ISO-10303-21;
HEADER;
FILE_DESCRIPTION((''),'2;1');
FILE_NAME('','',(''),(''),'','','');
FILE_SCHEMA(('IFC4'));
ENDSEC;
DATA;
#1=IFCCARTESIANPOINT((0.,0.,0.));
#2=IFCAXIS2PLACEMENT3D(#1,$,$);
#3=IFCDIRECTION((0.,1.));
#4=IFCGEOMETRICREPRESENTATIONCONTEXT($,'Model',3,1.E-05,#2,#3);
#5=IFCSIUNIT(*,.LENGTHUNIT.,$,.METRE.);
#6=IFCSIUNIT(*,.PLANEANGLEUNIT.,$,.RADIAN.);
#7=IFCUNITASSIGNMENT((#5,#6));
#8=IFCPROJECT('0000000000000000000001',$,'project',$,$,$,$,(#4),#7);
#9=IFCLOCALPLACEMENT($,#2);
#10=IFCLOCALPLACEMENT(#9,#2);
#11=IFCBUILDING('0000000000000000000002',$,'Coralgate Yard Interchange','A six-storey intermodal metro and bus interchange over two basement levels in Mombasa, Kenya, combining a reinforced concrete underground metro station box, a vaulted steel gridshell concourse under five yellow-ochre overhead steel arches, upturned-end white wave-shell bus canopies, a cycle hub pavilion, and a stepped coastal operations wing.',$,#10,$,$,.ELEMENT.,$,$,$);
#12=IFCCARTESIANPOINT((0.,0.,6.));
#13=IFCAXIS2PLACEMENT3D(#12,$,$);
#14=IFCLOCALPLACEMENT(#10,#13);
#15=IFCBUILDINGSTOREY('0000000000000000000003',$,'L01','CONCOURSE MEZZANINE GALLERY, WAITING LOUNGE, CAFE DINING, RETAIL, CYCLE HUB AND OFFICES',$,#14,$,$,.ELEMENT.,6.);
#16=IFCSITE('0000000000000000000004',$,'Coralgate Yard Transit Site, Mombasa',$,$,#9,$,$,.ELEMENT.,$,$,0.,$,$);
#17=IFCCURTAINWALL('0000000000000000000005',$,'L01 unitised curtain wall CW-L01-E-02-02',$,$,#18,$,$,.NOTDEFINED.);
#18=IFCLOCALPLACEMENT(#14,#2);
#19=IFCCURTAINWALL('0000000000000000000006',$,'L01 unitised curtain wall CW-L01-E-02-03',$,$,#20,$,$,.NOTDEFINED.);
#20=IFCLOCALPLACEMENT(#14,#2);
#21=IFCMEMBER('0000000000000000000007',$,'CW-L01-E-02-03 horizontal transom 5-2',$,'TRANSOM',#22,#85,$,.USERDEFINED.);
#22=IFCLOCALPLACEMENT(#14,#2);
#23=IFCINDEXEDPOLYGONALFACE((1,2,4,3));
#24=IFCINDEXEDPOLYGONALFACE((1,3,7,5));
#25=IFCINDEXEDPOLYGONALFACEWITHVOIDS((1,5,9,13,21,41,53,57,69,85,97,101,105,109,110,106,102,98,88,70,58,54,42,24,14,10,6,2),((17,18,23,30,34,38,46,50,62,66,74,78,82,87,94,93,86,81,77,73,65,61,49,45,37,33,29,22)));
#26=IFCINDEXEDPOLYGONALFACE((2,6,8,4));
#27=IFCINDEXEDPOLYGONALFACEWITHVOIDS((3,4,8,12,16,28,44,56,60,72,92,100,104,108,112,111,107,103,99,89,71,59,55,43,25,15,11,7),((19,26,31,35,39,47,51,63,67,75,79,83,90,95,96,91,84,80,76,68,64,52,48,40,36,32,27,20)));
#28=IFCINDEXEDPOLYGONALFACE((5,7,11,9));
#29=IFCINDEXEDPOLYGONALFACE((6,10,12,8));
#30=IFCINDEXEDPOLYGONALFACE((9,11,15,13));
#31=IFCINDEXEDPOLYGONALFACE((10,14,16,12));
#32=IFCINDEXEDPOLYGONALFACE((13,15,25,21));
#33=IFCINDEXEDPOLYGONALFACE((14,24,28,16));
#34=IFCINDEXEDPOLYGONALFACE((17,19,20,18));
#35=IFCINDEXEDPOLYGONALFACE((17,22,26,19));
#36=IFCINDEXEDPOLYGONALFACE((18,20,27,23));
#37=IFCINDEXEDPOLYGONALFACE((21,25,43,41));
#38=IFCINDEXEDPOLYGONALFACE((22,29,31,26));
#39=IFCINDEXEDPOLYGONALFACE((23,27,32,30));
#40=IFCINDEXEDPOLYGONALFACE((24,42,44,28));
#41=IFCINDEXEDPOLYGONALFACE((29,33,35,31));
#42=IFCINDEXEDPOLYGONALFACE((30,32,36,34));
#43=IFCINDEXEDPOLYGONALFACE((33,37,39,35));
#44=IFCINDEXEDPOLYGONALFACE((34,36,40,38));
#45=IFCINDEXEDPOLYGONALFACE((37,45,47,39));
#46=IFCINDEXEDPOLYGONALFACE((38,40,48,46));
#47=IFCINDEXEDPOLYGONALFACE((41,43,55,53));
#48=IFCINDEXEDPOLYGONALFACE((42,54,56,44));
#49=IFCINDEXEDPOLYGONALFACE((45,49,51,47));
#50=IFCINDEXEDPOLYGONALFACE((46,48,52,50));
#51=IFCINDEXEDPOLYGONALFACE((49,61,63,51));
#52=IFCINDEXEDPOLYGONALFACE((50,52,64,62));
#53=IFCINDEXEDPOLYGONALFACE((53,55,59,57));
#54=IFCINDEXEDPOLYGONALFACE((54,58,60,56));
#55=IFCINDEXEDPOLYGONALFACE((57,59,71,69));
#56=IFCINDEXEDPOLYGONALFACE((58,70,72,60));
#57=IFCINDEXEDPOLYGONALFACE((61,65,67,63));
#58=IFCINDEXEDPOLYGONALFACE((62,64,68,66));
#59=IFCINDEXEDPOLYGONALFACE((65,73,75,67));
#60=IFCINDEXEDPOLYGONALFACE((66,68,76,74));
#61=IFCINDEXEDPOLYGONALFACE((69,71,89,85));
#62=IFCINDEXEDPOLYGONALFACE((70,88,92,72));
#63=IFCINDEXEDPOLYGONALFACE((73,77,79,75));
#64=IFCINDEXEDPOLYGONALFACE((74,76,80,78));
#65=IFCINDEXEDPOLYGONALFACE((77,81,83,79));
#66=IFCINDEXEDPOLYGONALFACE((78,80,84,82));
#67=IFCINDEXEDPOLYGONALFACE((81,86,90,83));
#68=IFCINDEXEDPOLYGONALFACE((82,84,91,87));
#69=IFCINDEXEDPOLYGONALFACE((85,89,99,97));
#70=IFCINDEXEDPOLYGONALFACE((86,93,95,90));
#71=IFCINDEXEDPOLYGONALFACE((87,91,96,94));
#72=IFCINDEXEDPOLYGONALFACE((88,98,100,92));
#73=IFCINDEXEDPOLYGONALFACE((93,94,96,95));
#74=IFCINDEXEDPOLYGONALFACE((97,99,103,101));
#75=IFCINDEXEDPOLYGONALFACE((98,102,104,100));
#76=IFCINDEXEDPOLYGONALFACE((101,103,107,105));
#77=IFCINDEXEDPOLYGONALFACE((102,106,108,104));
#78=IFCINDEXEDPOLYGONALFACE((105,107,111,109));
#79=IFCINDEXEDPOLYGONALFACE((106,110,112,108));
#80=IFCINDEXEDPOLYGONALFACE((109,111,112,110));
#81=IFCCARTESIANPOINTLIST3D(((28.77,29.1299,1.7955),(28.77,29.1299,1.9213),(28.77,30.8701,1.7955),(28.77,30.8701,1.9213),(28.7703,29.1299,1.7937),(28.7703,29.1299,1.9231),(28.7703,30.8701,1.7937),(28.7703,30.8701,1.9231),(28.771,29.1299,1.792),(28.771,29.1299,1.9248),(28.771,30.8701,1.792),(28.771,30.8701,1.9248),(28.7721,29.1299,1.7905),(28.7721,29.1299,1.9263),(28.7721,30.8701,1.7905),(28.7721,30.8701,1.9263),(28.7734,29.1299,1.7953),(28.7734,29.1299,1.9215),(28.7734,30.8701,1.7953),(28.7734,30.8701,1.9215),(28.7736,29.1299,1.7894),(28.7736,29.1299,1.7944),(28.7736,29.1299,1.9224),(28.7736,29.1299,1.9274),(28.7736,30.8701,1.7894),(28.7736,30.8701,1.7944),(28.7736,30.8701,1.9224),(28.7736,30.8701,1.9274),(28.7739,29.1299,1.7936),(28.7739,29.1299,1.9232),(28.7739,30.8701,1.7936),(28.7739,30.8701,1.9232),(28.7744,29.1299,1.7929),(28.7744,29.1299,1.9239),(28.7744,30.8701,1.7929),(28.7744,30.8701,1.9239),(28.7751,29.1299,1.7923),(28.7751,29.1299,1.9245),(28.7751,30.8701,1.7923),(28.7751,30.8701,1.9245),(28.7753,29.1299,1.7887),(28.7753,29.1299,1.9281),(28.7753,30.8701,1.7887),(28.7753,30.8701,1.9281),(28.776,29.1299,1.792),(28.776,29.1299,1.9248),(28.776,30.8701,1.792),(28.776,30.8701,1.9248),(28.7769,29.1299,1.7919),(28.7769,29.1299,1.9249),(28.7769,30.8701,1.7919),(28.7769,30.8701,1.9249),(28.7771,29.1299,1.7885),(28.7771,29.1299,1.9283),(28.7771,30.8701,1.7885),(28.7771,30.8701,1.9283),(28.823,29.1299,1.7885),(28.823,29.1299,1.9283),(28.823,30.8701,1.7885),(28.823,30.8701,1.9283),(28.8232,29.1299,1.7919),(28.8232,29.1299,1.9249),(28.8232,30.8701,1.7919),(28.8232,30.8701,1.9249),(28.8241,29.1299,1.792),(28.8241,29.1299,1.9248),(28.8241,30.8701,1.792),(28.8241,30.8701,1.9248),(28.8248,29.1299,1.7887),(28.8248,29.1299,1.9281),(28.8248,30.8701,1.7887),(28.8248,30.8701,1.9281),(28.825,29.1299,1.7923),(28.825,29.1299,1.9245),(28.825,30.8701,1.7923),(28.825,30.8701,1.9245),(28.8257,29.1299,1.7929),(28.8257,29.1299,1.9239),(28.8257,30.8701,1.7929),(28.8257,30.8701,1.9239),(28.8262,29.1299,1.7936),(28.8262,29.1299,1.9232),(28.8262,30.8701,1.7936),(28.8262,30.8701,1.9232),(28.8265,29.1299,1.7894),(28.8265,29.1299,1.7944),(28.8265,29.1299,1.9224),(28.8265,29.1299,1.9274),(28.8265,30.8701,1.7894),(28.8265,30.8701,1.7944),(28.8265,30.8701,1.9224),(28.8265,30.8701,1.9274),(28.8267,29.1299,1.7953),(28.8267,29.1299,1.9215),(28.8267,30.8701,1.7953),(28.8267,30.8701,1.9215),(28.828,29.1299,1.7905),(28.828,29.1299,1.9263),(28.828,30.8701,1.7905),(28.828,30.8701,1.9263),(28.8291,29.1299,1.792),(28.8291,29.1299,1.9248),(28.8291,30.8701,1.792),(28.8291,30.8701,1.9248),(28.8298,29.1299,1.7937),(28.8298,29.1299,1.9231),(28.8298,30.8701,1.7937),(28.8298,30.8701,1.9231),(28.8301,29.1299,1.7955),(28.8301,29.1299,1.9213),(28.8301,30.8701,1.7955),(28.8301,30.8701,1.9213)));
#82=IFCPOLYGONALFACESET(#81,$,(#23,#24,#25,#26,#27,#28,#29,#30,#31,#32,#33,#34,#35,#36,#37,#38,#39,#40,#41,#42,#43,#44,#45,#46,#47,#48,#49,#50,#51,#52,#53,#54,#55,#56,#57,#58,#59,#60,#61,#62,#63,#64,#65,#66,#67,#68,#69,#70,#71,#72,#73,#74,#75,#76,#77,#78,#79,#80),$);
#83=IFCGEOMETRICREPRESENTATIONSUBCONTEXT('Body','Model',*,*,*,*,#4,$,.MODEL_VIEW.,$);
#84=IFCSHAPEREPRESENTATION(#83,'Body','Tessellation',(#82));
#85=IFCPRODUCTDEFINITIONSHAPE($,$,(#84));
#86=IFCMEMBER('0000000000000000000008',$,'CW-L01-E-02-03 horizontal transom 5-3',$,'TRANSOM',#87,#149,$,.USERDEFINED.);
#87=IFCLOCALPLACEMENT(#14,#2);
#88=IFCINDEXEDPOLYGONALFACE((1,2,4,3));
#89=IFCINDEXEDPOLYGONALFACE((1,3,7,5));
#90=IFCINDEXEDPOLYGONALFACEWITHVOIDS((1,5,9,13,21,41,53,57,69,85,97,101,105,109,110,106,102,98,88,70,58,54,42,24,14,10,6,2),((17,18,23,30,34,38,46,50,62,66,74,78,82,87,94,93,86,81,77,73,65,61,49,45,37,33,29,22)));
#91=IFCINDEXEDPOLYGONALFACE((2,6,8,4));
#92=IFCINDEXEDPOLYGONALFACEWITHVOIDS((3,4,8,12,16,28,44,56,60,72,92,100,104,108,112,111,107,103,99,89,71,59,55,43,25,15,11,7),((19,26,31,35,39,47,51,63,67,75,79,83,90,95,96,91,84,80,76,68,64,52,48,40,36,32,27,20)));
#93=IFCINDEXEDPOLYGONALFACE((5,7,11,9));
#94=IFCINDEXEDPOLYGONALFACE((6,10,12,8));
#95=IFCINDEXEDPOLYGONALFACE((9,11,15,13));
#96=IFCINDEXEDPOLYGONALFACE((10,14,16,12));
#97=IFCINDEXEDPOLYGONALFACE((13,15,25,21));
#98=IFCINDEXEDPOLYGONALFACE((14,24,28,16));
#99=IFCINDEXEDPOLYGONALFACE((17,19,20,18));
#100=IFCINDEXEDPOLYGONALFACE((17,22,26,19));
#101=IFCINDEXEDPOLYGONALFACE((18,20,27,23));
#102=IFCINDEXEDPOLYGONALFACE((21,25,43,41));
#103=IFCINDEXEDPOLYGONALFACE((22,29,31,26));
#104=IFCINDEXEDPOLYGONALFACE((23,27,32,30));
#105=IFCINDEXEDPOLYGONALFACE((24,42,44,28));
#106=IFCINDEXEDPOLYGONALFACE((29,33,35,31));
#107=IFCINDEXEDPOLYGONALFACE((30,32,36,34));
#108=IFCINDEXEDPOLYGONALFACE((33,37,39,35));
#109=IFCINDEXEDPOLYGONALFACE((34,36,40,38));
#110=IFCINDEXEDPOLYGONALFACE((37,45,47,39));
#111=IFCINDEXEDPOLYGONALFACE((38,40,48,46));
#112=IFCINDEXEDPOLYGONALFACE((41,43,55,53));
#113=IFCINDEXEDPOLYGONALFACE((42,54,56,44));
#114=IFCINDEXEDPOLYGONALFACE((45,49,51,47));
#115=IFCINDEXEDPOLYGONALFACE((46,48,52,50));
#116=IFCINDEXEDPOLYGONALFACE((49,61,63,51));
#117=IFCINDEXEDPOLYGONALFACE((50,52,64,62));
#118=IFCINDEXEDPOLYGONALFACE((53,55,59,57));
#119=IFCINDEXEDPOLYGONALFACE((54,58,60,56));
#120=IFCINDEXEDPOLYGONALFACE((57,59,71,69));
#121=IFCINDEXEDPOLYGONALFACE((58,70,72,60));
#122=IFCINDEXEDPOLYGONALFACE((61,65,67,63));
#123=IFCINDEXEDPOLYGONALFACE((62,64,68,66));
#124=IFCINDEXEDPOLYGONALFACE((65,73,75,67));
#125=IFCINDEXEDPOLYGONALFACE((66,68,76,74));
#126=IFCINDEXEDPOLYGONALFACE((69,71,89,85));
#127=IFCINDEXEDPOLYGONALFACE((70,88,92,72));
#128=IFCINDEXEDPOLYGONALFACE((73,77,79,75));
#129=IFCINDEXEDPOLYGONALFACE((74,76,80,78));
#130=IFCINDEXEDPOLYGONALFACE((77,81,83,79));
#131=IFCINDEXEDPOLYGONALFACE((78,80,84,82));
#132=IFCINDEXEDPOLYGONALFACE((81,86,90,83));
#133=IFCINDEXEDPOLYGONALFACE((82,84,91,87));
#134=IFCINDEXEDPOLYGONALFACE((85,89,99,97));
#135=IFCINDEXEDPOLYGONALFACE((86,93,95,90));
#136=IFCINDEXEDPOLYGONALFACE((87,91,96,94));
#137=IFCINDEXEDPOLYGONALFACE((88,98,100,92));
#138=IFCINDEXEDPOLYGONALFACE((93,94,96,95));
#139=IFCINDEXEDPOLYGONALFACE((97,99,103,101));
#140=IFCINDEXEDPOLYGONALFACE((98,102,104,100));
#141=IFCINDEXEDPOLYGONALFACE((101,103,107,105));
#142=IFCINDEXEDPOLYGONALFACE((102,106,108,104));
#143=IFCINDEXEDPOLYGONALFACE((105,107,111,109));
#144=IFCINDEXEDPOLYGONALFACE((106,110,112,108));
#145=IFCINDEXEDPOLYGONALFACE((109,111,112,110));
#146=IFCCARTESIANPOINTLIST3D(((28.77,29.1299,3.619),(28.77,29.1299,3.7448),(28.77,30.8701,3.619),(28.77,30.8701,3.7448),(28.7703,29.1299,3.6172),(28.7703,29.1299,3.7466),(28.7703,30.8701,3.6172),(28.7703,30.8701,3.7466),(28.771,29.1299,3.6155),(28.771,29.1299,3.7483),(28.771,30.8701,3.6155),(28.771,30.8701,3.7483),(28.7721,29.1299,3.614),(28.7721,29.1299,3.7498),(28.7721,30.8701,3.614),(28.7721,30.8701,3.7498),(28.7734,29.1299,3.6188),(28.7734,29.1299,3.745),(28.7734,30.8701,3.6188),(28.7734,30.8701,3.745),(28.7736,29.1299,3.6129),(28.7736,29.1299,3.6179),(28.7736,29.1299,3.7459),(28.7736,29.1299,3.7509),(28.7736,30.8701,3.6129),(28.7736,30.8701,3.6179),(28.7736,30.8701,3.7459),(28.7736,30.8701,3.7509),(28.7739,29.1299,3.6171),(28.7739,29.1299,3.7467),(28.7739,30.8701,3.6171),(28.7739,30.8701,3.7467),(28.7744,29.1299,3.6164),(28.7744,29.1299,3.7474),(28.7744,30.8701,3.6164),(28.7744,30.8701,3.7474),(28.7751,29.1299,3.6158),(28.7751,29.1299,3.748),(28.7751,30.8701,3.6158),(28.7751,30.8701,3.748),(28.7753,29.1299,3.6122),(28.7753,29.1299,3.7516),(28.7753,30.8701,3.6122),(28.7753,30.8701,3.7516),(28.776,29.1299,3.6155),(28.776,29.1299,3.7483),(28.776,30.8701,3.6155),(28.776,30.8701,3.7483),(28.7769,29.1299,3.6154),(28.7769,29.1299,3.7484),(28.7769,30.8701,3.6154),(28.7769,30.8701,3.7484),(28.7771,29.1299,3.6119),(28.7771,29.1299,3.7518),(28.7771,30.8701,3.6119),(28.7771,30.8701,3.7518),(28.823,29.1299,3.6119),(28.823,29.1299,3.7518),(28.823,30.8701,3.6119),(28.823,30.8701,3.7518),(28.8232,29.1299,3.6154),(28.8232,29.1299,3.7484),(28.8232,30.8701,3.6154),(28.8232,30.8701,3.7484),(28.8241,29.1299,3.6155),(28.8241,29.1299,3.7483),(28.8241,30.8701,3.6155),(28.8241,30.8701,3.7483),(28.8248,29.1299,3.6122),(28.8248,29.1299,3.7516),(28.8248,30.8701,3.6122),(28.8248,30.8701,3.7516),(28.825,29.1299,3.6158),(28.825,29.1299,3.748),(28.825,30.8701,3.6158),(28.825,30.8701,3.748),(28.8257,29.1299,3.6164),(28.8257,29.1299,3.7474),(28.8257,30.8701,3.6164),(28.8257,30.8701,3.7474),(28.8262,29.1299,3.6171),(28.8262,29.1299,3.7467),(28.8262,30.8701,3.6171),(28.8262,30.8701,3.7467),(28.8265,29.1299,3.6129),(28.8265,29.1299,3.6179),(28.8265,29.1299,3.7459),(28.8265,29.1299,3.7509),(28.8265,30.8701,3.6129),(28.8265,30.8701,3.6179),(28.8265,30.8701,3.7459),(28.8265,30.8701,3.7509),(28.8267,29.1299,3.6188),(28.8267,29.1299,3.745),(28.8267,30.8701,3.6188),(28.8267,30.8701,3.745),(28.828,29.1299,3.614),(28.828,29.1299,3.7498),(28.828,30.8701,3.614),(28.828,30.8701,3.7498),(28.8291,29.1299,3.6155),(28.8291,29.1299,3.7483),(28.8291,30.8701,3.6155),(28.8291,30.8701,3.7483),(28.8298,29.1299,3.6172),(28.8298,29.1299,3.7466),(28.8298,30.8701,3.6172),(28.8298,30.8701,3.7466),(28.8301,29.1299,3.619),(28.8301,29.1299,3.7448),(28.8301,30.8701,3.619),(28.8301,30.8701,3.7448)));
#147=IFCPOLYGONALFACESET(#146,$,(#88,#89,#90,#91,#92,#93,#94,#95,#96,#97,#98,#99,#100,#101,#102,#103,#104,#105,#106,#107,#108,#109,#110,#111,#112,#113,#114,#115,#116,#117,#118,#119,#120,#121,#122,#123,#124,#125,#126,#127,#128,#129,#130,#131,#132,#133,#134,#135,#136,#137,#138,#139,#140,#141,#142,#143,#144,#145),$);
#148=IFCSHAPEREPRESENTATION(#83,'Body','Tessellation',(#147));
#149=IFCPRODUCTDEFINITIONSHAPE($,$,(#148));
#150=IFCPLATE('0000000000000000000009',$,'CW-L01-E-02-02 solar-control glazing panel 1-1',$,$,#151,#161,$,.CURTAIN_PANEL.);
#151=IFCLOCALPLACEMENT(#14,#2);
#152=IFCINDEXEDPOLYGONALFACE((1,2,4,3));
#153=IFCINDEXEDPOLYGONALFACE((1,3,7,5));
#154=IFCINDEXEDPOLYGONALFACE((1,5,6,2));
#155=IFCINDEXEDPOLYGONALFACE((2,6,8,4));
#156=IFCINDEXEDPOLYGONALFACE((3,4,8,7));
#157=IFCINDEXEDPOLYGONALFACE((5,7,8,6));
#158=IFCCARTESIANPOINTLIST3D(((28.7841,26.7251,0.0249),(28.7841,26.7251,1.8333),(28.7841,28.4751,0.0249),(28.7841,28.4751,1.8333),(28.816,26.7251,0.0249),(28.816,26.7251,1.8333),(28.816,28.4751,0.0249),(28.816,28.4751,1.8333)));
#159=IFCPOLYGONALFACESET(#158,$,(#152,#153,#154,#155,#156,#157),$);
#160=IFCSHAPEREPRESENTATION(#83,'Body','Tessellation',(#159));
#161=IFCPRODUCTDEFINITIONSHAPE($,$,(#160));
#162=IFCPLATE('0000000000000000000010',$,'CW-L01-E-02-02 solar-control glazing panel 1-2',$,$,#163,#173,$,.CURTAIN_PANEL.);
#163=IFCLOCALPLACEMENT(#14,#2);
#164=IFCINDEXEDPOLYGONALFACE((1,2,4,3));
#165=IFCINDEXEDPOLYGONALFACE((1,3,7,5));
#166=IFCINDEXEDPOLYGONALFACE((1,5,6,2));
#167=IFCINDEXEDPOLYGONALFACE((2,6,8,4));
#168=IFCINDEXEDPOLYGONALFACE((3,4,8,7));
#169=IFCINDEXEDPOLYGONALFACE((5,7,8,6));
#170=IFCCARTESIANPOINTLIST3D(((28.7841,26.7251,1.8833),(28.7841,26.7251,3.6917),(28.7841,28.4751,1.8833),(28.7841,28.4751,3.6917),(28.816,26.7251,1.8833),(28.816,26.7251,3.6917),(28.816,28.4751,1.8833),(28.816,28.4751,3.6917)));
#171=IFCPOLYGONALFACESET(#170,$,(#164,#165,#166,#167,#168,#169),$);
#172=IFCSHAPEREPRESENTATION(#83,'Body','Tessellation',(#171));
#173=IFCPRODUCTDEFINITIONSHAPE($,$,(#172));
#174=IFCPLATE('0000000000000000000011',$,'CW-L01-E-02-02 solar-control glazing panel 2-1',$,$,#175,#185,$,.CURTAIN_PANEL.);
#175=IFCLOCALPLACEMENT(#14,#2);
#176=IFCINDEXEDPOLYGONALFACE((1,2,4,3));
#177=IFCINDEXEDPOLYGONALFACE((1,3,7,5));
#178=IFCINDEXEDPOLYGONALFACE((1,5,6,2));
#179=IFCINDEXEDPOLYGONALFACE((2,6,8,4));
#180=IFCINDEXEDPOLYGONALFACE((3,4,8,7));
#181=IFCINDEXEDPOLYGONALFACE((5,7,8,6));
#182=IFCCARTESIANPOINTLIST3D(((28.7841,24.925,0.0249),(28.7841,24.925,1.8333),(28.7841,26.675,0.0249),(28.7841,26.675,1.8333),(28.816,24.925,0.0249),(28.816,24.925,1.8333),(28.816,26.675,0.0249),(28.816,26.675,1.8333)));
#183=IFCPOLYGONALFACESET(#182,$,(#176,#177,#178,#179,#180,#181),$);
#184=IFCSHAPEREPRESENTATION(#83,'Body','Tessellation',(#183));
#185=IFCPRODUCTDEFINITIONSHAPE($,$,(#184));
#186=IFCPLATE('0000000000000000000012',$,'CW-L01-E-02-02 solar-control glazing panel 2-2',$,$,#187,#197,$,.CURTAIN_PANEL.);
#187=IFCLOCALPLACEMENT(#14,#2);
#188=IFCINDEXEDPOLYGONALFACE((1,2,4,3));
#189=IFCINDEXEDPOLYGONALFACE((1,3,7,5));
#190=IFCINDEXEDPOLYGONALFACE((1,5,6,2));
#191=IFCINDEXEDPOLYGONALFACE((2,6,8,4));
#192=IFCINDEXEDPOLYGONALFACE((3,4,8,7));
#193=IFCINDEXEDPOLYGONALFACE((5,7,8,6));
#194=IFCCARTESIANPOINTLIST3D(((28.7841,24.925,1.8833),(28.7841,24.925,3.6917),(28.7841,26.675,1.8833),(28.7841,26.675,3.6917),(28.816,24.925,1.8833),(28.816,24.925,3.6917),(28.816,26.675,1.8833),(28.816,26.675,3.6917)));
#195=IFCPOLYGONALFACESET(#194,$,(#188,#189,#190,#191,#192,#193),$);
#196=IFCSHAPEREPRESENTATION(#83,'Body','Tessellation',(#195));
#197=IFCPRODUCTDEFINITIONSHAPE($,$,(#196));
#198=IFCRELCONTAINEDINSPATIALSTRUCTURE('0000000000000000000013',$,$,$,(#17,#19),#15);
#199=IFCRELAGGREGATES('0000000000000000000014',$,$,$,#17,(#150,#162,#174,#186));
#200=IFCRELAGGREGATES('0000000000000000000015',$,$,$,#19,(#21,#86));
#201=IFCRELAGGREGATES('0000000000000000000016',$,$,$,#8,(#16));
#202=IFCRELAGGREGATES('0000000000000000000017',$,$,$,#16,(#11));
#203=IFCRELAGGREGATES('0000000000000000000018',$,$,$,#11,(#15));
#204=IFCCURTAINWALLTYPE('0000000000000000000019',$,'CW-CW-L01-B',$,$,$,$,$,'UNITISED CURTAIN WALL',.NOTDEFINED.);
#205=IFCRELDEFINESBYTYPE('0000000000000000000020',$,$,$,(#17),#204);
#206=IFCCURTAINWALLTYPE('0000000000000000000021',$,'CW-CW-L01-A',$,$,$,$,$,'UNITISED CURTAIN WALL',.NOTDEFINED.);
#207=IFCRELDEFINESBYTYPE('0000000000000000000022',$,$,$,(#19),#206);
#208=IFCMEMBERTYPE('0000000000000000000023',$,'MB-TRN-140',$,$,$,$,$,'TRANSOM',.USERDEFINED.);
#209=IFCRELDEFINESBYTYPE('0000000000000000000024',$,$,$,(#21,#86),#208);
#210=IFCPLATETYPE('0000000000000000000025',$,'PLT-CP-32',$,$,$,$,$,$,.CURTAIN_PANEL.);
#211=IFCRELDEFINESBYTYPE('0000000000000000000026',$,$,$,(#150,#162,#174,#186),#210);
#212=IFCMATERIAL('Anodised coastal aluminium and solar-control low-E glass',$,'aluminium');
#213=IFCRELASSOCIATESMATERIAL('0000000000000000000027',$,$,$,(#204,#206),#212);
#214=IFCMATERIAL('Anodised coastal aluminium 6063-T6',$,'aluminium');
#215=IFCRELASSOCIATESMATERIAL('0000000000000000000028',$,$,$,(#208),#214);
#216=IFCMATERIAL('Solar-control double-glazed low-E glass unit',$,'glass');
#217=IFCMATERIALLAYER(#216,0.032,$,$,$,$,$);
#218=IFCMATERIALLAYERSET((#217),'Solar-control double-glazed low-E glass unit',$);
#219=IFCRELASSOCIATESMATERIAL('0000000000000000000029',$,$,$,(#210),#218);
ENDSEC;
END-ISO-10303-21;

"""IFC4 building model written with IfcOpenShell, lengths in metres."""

from ifc_helpers import new_model, si_unit, direction, frame, origin, origin_2d, place, context, subcontext, project, spatial, rectangle, hollow_rectangle, extrude, material, layer, layer_set, material_profile, profile_set, type_object, element, aggregate, save


model = new_model("IFC4")

# Units and contexts
model_context = context("Model", 3, precision=1e-05, world=origin(), true_north=direction((0.0, 1.0)))
body_context = subcontext(model_context, "Body", "Model", "MODEL_VIEW")
ifc_project = project(units=[si_unit("LENGTHUNIT", "METRE"), si_unit("PLANEANGLEUNIT", "RADIAN")], contexts=[model_context])

# Site, building, storey
site_placement = place(None, origin())
site = spatial("IfcSite", under=ifc_project, at=site_placement, Name="Coralgate Yard Transit Site, Mombasa", CompositionType="ELEMENT", RefElevation=0.0)
building_placement = place(site_placement, origin())
building = spatial("IfcBuilding", under=site, at=building_placement, Name="Coralgate Yard Interchange", Description="A six-storey intermodal metro and bus interchange over two basement levels in Mombasa, Kenya, combining a reinforced concrete underground metro station box, a vaulted steel gridshell concourse under five yellow-ochre overhead steel arches, upturned-end white wave-shell bus canopies, a cycle hub pavilion, and a stepped coastal operations wing.", CompositionType="ELEMENT")
storey_placement = place(building_placement, frame((0.0, 0.0, 6.0)))
storey = spatial("IfcBuildingStorey", under=building, at=storey_placement, Name="L01", Description="CONCOURSE MEZZANINE GALLERY, WAITING LOUNGE, CAFE DINING, RETAIL, CYCLE HUB AND OFFICES", CompositionType="ELEMENT", Elevation=6.0)

# Curtain walls
ifc_material_1 = material(Name="Anodised coastal aluminium and solar-control low-E glass", Category="aluminium")
curtain_wall_type_1 = type_object("IfcCurtainWallType", Name="CW-CW-L01-B", ElementType="UNITISED CURTAIN WALL", PredefinedType="NOTDEFINED", material=ifc_material_1)
curtain_wall_1_placement = place(storey_placement, origin())
curtain_wall_1 = element("IfcCurtainWall", 1, at=curtain_wall_1_placement, inside=storey, type_object=curtain_wall_type_1, Name="L01 unitised curtain wall CW-L01-E-02-02", PredefinedType="NOTDEFINED")
ifc_material_2 = material(Name="Anodised coastal aluminium 6063-T6", Category="aluminium")
curtain_wall_type_2 = type_object("IfcCurtainWallType", Name="CW-CW-L01-A", ElementType="UNITISED CURTAIN WALL", PredefinedType="NOTDEFINED", material=ifc_material_1)
curtain_wall_2_placement = place(storey_placement, origin())
curtain_wall_2 = element("IfcCurtainWall", 2, at=curtain_wall_2_placement, inside=storey, type_object=curtain_wall_type_2, Name="L01 unitised curtain wall CW-L01-E-02-03", PredefinedType="NOTDEFINED")

# Members
ifc_material_profile_1 = material_profile(ifc_material_2, hollow_rectangle(XDim=0.0601, YDim=0.1399, WallThickness=0.0034, InnerFilletRadius=0.0034, OuterFilletRadius=0.0071, at=origin_2d()), Name="ALU 60x140x3.5")
ifc_profile_set_1 = profile_set([ifc_material_profile_1], Name="Anodised coastal aluminium 6063-T6")
member_type_1 = type_object("IfcMemberType", Name="MB-TRN-140", ElementType="TRANSOM", PredefinedType="USERDEFINED", material=ifc_profile_set_1)
member_1_placement = place(storey_placement, frame((28.8, 30.8701, 1.8584), z_axis=(0.0, -1.0, 0.0), x_axis=(1.0, 0.0, 0.0)))
member_1 = element("IfcMember", 3, at=member_1_placement, type_object=member_type_1, Name="CW-L01-E-02-03 horizontal transom 5-2", ObjectType="TRANSOM", PredefinedType="USERDEFINED", context=body_context, shape_type="SweptSolid", body=[
    extrude(hollow_rectangle(XDim=0.0601, YDim=0.1399, WallThickness=0.0034, InnerFilletRadius=0.0034, OuterFilletRadius=0.0071, at=origin_2d()), origin(), (0.0, 0.0, 1.0), 1.7402),
])
member_2_placement = place(storey_placement, frame((28.8, 30.8701, 3.6819), z_axis=(0.0, -1.0, 0.0), x_axis=(1.0, 0.0, 0.0)))
member_2 = element("IfcMember", 4, at=member_2_placement, type_object=member_type_1, Name="CW-L01-E-02-03 horizontal transom 5-3", ObjectType="TRANSOM", PredefinedType="USERDEFINED", context=body_context, shape_type="SweptSolid", body=[
    extrude(hollow_rectangle(XDim=0.0601, YDim=0.1399, WallThickness=0.0034, InnerFilletRadius=0.0034, OuterFilletRadius=0.0071, at=origin_2d()), origin(), (0.0, 0.0, 1.0), 1.7402),
])

# Plates
ifc_material_3 = material(Name="Solar-control double-glazed low-E glass unit", Category="glass")
ifc_layer = layer(ifc_material_3, 0.032)
ifc_layer_set = layer_set([ifc_layer], Name="Solar-control double-glazed low-E glass unit")
plate_type = type_object("IfcPlateType", Name="PLT-CP-32", PredefinedType="CURTAIN_PANEL", material=ifc_layer_set)
plate_1_placement = place(storey_placement, frame((28.8, 27.6001, 0.0249), z_axis=(0.0, 0.0, 1.0), x_axis=(0.0, -1.0, 0.0)))
plate_1 = element("IfcPlate", 5, at=plate_1_placement, type_object=plate_type, Name="CW-L01-E-02-02 solar-control glazing panel 1-1", PredefinedType="CURTAIN_PANEL", context=body_context, shape_type="SweptSolid", body=[
    extrude(rectangle(XDim=1.75, YDim=0.032, at=origin_2d()), origin(), (0.0, 0.0, 1.0), 1.8083),
])
plate_2_placement = place(storey_placement, frame((28.8, 27.6001, 1.8833), z_axis=(0.0, 0.0, 1.0), x_axis=(0.0, -1.0, 0.0)))
plate_2 = element("IfcPlate", 6, at=plate_2_placement, type_object=plate_type, Name="CW-L01-E-02-02 solar-control glazing panel 1-2", PredefinedType="CURTAIN_PANEL", context=body_context, shape_type="SweptSolid", body=[
    extrude(rectangle(XDim=1.75, YDim=0.032, at=origin_2d()), origin(), (0.0, 0.0, 1.0), 1.8083),
])
plate_3_placement = place(storey_placement, frame((28.8, 25.8, 0.0249), z_axis=(0.0, 0.0, 1.0), x_axis=(0.0, -1.0, 0.0)))
plate_3 = element("IfcPlate", 7, at=plate_3_placement, type_object=plate_type, Name="CW-L01-E-02-02 solar-control glazing panel 2-1", PredefinedType="CURTAIN_PANEL", context=body_context, shape_type="SweptSolid", body=[
    extrude(rectangle(XDim=1.75, YDim=0.032, at=origin_2d()), origin(), (0.0, 0.0, 1.0), 1.8083),
])
plate_4_placement = place(storey_placement, frame((28.8, 25.8, 1.8833), z_axis=(0.0, 0.0, 1.0), x_axis=(0.0, -1.0, 0.0)))
plate_4 = element("IfcPlate", 8, at=plate_4_placement, type_object=plate_type, Name="CW-L01-E-02-02 solar-control glazing panel 2-2", PredefinedType="CURTAIN_PANEL", context=body_context, shape_type="SweptSolid", body=[
    extrude(rectangle(XDim=1.75, YDim=0.032, at=origin_2d()), origin(), (0.0, 0.0, 1.0), 1.8083),
])
aggregate(curtain_wall_1, [plate_1, plate_2, plate_3, plate_4])
aggregate(curtain_wall_2, [member_1, member_2])

save(model, "model.ifc")
